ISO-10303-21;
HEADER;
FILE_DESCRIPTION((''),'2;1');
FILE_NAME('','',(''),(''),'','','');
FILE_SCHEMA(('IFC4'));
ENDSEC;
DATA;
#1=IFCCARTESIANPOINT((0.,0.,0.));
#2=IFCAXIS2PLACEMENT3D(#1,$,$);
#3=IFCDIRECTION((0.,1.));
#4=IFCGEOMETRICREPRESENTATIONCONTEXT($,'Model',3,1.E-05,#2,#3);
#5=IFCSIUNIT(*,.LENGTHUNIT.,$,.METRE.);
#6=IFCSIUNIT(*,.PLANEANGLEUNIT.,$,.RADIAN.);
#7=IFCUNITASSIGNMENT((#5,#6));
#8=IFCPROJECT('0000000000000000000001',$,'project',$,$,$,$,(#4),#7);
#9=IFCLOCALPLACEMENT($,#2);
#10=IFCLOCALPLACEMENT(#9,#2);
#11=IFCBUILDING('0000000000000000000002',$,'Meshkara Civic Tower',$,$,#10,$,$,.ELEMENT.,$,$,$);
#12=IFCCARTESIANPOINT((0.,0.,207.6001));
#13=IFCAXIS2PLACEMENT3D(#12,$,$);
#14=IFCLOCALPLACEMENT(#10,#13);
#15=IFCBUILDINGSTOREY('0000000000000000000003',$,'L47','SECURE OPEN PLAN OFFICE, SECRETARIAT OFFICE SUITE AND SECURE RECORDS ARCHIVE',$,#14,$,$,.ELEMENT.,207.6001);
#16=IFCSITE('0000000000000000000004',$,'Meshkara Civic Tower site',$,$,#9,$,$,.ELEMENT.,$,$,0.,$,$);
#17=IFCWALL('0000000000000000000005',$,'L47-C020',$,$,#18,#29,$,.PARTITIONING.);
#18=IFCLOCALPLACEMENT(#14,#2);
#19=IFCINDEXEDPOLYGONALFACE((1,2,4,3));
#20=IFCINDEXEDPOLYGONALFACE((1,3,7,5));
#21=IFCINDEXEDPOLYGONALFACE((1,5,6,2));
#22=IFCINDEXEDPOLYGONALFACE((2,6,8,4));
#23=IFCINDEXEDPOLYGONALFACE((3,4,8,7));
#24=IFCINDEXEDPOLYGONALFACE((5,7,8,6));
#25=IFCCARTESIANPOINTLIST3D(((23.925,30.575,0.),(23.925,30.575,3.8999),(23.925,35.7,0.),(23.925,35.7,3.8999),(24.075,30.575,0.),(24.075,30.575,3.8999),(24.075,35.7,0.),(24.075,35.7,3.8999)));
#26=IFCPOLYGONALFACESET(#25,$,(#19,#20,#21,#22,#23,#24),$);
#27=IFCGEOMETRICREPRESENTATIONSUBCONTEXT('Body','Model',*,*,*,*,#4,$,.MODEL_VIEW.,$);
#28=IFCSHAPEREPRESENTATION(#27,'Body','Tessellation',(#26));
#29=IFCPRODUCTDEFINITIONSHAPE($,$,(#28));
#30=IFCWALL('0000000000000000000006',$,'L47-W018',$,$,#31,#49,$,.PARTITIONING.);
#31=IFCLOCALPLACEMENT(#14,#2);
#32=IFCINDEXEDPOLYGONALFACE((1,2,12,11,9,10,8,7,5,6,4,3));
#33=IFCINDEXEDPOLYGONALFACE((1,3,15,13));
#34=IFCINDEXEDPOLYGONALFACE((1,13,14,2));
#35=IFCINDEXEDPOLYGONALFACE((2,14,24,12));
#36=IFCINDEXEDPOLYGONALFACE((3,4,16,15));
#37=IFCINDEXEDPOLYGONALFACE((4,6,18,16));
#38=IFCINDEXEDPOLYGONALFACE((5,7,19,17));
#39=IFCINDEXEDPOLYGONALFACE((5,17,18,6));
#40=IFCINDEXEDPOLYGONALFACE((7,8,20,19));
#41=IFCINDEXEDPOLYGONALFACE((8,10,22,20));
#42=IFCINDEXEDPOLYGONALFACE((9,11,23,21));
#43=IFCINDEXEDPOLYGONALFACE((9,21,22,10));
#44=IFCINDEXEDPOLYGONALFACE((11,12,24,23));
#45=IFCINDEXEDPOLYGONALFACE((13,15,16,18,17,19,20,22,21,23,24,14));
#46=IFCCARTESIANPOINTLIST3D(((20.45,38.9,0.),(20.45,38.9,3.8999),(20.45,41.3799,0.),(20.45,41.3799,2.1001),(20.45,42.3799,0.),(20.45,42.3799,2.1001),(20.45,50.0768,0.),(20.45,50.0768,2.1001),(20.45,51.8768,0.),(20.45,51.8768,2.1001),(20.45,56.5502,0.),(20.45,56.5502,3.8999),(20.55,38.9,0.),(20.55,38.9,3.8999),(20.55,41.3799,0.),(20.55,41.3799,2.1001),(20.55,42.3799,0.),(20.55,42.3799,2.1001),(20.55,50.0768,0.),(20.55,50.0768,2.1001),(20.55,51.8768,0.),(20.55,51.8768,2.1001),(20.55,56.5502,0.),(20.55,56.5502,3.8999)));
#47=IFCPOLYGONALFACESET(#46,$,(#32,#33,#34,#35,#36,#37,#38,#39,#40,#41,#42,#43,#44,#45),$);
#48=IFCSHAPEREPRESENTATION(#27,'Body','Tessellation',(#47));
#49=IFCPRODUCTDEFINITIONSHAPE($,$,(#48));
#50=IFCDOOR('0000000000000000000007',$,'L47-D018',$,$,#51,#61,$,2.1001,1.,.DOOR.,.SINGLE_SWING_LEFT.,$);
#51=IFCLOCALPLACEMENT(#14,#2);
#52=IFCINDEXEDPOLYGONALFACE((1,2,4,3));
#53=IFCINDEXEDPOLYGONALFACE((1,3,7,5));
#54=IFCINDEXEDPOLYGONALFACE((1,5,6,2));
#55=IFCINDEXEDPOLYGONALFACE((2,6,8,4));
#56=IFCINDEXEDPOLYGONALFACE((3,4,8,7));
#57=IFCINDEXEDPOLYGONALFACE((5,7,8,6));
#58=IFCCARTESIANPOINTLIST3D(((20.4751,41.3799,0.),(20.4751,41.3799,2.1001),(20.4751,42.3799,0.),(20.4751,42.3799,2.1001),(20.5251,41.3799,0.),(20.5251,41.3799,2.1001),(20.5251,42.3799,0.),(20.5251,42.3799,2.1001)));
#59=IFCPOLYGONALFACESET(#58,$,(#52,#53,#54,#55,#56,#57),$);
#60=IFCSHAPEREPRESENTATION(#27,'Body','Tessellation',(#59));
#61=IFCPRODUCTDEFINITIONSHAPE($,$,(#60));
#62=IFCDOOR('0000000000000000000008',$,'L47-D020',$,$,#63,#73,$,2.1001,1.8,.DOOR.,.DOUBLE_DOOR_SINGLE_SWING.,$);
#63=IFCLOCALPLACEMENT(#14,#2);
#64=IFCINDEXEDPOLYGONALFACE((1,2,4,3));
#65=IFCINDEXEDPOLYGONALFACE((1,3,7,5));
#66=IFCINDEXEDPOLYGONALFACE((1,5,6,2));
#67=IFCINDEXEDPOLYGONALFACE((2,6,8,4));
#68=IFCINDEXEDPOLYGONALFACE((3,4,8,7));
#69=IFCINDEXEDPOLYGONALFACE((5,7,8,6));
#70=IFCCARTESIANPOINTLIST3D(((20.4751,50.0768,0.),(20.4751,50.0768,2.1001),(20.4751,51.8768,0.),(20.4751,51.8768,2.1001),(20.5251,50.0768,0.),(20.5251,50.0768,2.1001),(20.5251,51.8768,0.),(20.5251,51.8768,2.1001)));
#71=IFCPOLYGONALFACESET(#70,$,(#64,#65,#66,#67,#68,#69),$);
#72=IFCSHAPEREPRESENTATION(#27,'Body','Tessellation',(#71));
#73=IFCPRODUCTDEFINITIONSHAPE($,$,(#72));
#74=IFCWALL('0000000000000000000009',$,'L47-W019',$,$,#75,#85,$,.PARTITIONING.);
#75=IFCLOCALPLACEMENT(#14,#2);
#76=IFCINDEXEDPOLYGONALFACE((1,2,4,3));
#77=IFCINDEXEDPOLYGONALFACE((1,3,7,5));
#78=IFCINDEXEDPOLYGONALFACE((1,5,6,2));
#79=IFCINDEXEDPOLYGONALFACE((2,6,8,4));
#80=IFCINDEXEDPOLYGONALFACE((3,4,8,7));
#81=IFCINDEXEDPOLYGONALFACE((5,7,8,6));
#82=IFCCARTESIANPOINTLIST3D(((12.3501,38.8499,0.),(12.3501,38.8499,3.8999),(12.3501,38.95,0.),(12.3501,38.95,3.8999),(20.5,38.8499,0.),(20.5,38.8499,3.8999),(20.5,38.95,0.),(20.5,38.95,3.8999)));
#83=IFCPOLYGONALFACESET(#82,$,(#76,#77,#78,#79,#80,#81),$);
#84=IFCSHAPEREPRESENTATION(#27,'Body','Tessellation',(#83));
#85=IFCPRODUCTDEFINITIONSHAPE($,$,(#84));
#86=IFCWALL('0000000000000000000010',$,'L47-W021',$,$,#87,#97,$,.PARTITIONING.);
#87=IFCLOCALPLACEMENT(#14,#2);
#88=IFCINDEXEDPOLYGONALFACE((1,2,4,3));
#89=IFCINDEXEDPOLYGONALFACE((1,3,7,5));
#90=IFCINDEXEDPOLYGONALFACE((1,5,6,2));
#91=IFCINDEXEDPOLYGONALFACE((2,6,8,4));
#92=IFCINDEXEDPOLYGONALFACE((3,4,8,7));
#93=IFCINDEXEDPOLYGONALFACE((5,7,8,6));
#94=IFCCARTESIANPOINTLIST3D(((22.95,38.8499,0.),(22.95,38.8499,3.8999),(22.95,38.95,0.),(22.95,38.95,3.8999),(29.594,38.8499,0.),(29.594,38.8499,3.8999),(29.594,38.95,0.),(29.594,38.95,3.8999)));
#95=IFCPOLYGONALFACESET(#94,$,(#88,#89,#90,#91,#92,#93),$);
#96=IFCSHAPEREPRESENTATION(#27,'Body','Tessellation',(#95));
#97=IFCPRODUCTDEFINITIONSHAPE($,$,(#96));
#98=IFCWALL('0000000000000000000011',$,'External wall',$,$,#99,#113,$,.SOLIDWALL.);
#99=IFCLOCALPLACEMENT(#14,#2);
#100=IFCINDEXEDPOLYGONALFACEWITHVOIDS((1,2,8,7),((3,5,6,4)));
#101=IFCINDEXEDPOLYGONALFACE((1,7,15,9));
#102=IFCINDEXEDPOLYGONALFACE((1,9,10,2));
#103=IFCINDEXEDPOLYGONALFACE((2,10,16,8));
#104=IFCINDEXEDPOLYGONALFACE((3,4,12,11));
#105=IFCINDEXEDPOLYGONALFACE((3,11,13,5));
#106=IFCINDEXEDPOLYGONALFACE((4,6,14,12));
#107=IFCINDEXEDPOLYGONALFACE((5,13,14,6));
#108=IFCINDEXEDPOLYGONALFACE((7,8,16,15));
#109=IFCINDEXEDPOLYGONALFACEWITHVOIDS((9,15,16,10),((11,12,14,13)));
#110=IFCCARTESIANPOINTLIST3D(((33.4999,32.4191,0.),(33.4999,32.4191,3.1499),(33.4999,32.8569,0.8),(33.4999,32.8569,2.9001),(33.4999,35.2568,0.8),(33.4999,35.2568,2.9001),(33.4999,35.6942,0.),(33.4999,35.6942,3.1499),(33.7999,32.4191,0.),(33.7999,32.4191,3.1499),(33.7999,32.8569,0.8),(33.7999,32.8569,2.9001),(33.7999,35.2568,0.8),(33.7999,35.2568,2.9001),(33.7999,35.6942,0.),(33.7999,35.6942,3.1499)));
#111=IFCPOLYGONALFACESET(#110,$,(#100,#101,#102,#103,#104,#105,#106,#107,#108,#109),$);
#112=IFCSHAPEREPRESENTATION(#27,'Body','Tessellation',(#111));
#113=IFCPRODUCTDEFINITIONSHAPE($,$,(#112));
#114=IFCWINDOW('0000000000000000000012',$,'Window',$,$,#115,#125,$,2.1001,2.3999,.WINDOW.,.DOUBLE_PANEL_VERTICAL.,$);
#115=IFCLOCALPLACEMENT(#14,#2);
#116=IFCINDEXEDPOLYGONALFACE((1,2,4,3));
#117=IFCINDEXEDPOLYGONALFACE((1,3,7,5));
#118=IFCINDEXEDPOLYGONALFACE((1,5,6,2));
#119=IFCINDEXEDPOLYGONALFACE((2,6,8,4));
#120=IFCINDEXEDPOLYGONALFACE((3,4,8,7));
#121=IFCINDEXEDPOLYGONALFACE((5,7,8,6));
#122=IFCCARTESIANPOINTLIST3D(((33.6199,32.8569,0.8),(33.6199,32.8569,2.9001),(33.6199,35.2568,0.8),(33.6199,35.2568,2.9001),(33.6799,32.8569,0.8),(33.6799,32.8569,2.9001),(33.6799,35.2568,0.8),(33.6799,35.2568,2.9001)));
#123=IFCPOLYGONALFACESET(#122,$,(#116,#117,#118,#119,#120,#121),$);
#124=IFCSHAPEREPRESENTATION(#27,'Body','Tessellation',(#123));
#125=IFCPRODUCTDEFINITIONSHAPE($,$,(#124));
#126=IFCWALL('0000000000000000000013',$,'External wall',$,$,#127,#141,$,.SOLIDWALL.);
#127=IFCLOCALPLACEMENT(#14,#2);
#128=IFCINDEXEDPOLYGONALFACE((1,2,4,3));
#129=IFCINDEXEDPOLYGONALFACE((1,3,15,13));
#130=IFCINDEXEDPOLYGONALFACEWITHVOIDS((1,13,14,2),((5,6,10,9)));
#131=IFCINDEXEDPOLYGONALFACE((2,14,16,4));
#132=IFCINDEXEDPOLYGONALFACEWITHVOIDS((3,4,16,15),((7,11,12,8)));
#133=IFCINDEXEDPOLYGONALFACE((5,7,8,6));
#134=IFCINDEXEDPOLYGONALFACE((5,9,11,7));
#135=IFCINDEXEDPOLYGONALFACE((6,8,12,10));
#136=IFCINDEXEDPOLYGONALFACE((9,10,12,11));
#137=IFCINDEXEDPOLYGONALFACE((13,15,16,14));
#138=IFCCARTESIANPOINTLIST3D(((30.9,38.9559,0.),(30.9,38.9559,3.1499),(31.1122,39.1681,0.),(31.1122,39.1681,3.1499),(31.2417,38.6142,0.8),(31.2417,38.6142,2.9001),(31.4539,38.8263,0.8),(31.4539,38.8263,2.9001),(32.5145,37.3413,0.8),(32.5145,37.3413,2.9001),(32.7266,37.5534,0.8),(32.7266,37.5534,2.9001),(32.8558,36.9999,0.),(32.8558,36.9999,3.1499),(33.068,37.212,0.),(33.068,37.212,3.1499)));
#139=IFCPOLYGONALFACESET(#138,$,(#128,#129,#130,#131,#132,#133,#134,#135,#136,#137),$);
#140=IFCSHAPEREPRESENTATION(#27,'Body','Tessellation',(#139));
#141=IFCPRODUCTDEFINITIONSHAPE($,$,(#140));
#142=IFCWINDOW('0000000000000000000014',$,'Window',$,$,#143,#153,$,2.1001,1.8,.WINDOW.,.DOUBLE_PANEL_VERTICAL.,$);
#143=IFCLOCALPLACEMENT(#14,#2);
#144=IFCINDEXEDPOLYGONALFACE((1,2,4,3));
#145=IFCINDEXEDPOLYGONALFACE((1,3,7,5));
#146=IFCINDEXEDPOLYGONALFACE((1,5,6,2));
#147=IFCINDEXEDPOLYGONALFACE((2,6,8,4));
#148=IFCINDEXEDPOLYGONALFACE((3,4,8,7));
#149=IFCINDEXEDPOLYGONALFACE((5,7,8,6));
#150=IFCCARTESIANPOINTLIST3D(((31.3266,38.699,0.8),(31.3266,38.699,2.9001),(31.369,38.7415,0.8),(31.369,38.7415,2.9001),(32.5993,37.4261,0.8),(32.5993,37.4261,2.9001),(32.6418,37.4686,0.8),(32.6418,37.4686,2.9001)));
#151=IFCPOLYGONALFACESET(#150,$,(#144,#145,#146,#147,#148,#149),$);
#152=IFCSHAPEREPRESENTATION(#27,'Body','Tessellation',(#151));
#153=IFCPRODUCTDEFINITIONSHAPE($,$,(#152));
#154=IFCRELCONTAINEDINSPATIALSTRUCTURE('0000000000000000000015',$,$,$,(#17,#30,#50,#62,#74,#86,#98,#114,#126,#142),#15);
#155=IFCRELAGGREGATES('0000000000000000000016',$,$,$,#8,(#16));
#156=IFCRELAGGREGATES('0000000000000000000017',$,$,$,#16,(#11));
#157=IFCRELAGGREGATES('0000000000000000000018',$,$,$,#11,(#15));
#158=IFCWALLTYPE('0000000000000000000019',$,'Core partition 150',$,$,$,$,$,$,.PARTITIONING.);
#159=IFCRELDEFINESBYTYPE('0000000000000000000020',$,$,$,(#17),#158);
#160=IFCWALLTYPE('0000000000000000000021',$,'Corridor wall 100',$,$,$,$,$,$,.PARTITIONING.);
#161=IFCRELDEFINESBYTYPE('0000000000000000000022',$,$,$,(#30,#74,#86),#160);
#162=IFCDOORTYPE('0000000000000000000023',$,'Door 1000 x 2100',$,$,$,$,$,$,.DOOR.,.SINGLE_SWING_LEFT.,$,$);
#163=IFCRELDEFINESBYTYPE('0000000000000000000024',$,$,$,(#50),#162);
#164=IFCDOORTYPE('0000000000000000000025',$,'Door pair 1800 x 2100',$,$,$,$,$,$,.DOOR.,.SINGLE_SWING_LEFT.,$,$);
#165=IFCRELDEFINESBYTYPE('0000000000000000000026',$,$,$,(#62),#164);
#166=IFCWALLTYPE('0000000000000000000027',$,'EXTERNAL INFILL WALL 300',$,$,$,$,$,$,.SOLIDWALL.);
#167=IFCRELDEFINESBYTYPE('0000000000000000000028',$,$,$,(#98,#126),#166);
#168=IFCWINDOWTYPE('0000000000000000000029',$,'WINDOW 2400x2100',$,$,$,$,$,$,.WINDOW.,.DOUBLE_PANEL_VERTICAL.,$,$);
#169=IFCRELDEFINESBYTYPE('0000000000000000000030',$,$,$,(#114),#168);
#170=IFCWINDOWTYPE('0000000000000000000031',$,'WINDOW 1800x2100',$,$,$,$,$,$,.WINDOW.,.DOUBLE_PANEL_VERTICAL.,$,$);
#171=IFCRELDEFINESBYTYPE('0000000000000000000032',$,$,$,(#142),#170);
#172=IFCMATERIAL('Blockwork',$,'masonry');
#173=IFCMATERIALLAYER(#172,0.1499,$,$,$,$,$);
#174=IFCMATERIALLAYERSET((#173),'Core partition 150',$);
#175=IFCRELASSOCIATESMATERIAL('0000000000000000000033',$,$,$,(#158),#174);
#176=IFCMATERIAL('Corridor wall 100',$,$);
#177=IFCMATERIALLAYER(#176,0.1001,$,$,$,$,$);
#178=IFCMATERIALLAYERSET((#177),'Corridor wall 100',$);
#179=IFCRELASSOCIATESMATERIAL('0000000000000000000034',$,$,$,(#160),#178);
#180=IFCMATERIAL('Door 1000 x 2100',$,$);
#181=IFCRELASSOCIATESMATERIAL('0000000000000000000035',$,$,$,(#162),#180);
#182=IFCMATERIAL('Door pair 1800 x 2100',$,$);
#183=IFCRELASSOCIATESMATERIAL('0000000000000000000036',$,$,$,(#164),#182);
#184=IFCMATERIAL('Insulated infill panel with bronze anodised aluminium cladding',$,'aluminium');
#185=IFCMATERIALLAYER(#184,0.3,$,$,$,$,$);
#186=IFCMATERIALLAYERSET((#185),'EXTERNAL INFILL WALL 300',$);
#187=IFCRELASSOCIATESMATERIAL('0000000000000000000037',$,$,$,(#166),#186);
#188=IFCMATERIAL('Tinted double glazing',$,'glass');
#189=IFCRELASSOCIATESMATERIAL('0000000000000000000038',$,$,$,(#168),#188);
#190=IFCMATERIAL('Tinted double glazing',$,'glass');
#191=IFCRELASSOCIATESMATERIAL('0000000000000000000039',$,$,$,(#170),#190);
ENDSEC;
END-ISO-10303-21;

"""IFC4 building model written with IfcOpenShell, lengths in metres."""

from ifc_helpers import new_model, si_unit, direction, frame, frame_2d, origin, place, context, subcontext, project, spatial, rectangle, extrude, material, layer, layer_set, type_object, element, fill, save


model = new_model("IFC4")

# Units and contexts
model_context = context("Model", 3, precision=1e-05, world=origin(), true_north=direction((0.0, 1.0)))
body_context = subcontext(model_context, "Body", "Model", "MODEL_VIEW")
ifc_project = project(units=[si_unit("LENGTHUNIT", "METRE"), si_unit("PLANEANGLEUNIT", "RADIAN")], contexts=[model_context])

# Site, building, storey
site_placement = place(None, origin())
site = spatial("IfcSite", under=ifc_project, at=site_placement, Name="Meshkara Civic Tower site", CompositionType="ELEMENT", RefElevation=0.0)
building_placement = place(site_placement, origin())
building = spatial("IfcBuilding", under=site, at=building_placement, Name="Meshkara Civic Tower", CompositionType="ELEMENT")
storey_placement = place(building_placement, frame((0.0, 0.0, 207.6001)))
storey = spatial("IfcBuildingStorey", under=building, at=storey_placement, Name="L47", Description="SECURE OPEN PLAN OFFICE, SECRETARIAT OFFICE SUITE AND SECURE RECORDS ARCHIVE", CompositionType="ELEMENT", Elevation=207.6001)

# Shared definitions
ifc_material_1 = material(Name="Blockwork", Category="masonry")
ifc_layer_1 = layer(ifc_material_1, 0.1499)
ifc_layer_set_1 = layer_set([ifc_layer_1], Name="Core partition 150")
wall_type_1 = type_object("IfcWallType", Name="Core partition 150", PredefinedType="PARTITIONING", material=ifc_layer_set_1)

# Wall
for number, where, z_axis, x_axis, name in (
    (1, (24.0, 30.575, 0.0), (0.0, 0.0, 1.0), (0.0, 1.0, 0.0), "L47-C020"),
):
    element("IfcWall", number, at=place(storey_placement, frame(where, z_axis=z_axis, x_axis=x_axis)), inside=storey, type_object=wall_type_1, Name=name, PredefinedType="PARTITIONING", context=body_context, shape_type="SweptSolid", body=[
        extrude(rectangle(XDim=5.125, YDim=0.1499, at=frame_2d((2.5625, 0.0))), origin(), (0.0, 0.0, 1.0), 3.8999),
    ])

# Wall, openings, doors
ifc_material_2 = material(Name="Corridor wall 100")
ifc_layer_2 = layer(ifc_material_2, 0.1001)
ifc_layer_set_2 = layer_set([ifc_layer_2], Name="Corridor wall 100")
wall_type_2 = type_object("IfcWallType", Name="Corridor wall 100", PredefinedType="PARTITIONING", material=ifc_layer_set_2)
wall_1_placement = place(storey_placement, frame((20.5, 38.8999, 0.0), z_axis=(0.0, 0.0, 1.0), x_axis=(0.0, 1.0, 0.0)))
wall_1 = element("IfcWall", 2, at=wall_1_placement, inside=storey, type_object=wall_type_2, Name="L47-W018", PredefinedType="PARTITIONING", context=body_context, shape_type="SweptSolid", body=[
    extrude(rectangle(XDim=17.6501, YDim=0.1001, at=frame_2d((8.8252, 0.0))), origin(), (0.0, 0.0, 1.0), 3.8999),
])
opening_1_placement = place(wall_1_placement, frame((2.48, 0.0, 0.0)))
opening_1 = element("IfcOpeningElement", 3, at=opening_1_placement, cuts=wall_1, PredefinedType="OPENING", context=body_context, shape_type="SweptSolid", body=[
    extrude(rectangle(XDim=1.0, YDim=2.1001, at=frame_2d((0.5, 1.05))), frame((0.0, 0.0601, 0.0), z_axis=(0.0, -1.0, 0.0), x_axis=(1.0, 0.0, 0.0)), (0.0, 0.0, 1.0), 0.1201),
])
opening_2_placement = place(wall_1_placement, frame((11.177, 0.0, 0.0)))
opening_2 = element("IfcOpeningElement", 4, at=opening_2_placement, cuts=wall_1, PredefinedType="OPENING", context=body_context, shape_type="SweptSolid", body=[
    extrude(rectangle(XDim=1.8, YDim=2.1001, at=frame_2d((0.8999, 1.05))), frame((0.0, 0.0601, 0.0), z_axis=(0.0, -1.0, 0.0), x_axis=(1.0, 0.0, 0.0)), (0.0, 0.0, 1.0), 0.1201),
])
ifc_material_3 = material(Name="Door 1000 x 2100")
door_type_1 = type_object("IfcDoorType", Name="Door 1000 x 2100", OperationType="SINGLE_SWING_LEFT", PredefinedType="DOOR", material=ifc_material_3)
door_1_placement = place(opening_1_placement, origin())
door_1 = element("IfcDoor", 5, at=door_1_placement, inside=storey, type_object=door_type_1, Name="L47-D018", OperationType="SINGLE_SWING_LEFT", OverallHeight=2.1001, OverallWidth=1.0, PredefinedType="DOOR", context=body_context, shape_type="SweptSolid", body=[
    extrude(rectangle(XDim=1.0, YDim=2.1001, at=frame_2d((0.5, 1.05))), frame((0.0, 0.0249, 0.0), z_axis=(0.0, -1.0, 0.0), x_axis=(1.0, 0.0, 0.0)), (0.0, 0.0, 1.0), 0.05),
])
fill(opening_1, door_1)
ifc_material_4 = material(Name="Door pair 1800 x 2100")
door_type_2 = type_object("IfcDoorType", Name="Door pair 1800 x 2100", OperationType="SINGLE_SWING_LEFT", PredefinedType="DOOR", material=ifc_material_4)
door_2_placement = place(opening_2_placement, origin())
door_2 = element("IfcDoor", 6, at=door_2_placement, inside=storey, type_object=door_type_2, Name="L47-D020", OperationType="DOUBLE_DOOR_SINGLE_SWING", OverallHeight=2.1001, OverallWidth=1.8, PredefinedType="DOOR", context=body_context, shape_type="SweptSolid", body=[
    extrude(rectangle(XDim=1.8, YDim=2.1001, at=frame_2d((0.8999, 1.05))), frame((0.0, 0.0249, 0.0), z_axis=(0.0, -1.0, 0.0), x_axis=(1.0, 0.0, 0.0)), (0.0, 0.0, 1.0), 0.05),
])
fill(opening_2, door_2)

# Walls
wall_2_placement = place(storey_placement, frame((20.5, 38.8999, 0.0), z_axis=(0.0, 0.0, 1.0), x_axis=(-1.0, 0.0, 0.0)))
element("IfcWall", 7, at=wall_2_placement, inside=storey, type_object=wall_type_2, Name="L47-W019", PredefinedType="PARTITIONING", context=body_context, shape_type="SweptSolid", body=[
    extrude(rectangle(XDim=8.1499, YDim=0.1001, at=frame_2d((4.075, 0.0))), origin(), (0.0, 0.0, 1.0), 3.8999),
])
wall_3_placement = place(storey_placement, frame((29.594, 38.8999, 0.0), z_axis=(0.0, 0.0, 1.0), x_axis=(-1.0, 0.0, 0.0)))
element("IfcWall", 8, at=wall_3_placement, inside=storey, type_object=wall_type_2, Name="L47-W021", PredefinedType="PARTITIONING", context=body_context, shape_type="SweptSolid", body=[
    extrude(rectangle(XDim=6.644, YDim=0.1001, at=frame_2d((3.322, 0.0))), origin(), (0.0, 0.0, 1.0), 3.8999),
])

# Walls, openings, windows
ifc_material_5 = material(Name="Insulated infill panel with bronze anodised aluminium cladding", Category="aluminium")
ifc_layer_3 = layer(ifc_material_5, 0.3)
ifc_layer_set_3 = layer_set([ifc_layer_3], Name="EXTERNAL INFILL WALL 300")
wall_type_3 = type_object("IfcWallType", Name="EXTERNAL INFILL WALL 300", PredefinedType="SOLIDWALL", material=ifc_layer_set_3)
wall_4_placement = place(storey_placement, frame((33.6499, 32.4189, 0.0), z_axis=(0.0, 0.0, 1.0), x_axis=(0.0, 1.0, 0.0)))
wall_4 = element("IfcWall", 9, at=wall_4_placement, inside=storey, type_object=wall_type_3, Name="External wall", PredefinedType="SOLIDWALL", context=body_context, shape_type="SweptSolid", body=[
    extrude(rectangle(XDim=3.2751, YDim=0.3, at=frame_2d((1.6377, 0.0))), origin(), (0.0, 0.0, 1.0), 3.1499),
])
opening_3_placement = place(wall_4_placement, frame((0.438, 0.0, 0.8)))
opening_3 = element("IfcOpeningElement", 10, at=opening_3_placement, cuts=wall_4, PredefinedType="OPENING", context=body_context, shape_type="SweptSolid", body=[
    extrude(rectangle(XDim=2.3999, YDim=2.1001, at=frame_2d((1.2, 1.05))), frame((0.0, 0.1599, 0.0), z_axis=(0.0, -1.0, 0.0), x_axis=(1.0, 0.0, 0.0)), (0.0, 0.0, 1.0), 0.3201),
])
ifc_material_6 = material(Name="Tinted double glazing", Category="glass")
window_type_1 = type_object("IfcWindowType", Name="WINDOW 2400x2100", PartitioningType="DOUBLE_PANEL_VERTICAL", PredefinedType="WINDOW", material=ifc_material_6)
window_1_placement = place(opening_3_placement, origin())
window_1 = element("IfcWindow", 11, at=window_1_placement, inside=storey, type_object=window_type_1, Name="Window", OverallHeight=2.1001, OverallWidth=2.3999, PartitioningType="DOUBLE_PANEL_VERTICAL", PredefinedType="WINDOW", context=body_context, shape_type="SweptSolid", body=[
    extrude(rectangle(XDim=2.3999, YDim=2.1001, at=frame_2d((1.2, 1.05))), frame((0.0, 0.03, 0.0), z_axis=(0.0, -1.0, 0.0), x_axis=(1.0, 0.0, 0.0)), (0.0, 0.0, 1.0), 0.0601),
])
fill(opening_3, window_1)
wall_5_placement = place(storey_placement, frame((32.9619, 37.106, 0.0), z_axis=(0.0, 0.0, 1.0), x_axis=(-0.707063, 0.707151, 0.0)))
wall_5 = element("IfcWall", 12, at=wall_5_placement, inside=storey, type_object=wall_type_3, Name="External wall", PredefinedType="SOLIDWALL", context=body_context, shape_type="SweptSolid", body=[
    extrude(rectangle(XDim=2.7661, YDim=0.3, at=frame_2d((1.3831, 0.0))), origin(), (0.0, 0.0, 1.0), 3.1499),
])
opening_4_placement = place(wall_5_placement, frame((0.4829, 0.0, 0.8)))
opening_4 = element("IfcOpeningElement", 13, at=opening_4_placement, cuts=wall_5, PredefinedType="OPENING", context=body_context, shape_type="SweptSolid", body=[
    extrude(rectangle(XDim=1.8, YDim=2.1001, at=frame_2d((0.8999, 1.05))), frame((0.0, 0.1599, 0.0), z_axis=(0.0, -1.0, 0.0), x_axis=(1.0, 0.0, 0.0)), (0.0, 0.0, 1.0), 0.3201),
])
ifc_material_7 = material(Name="Tinted double glazing", Category="glass")
window_type_2 = type_object("IfcWindowType", Name="WINDOW 1800x2100", PartitioningType="DOUBLE_PANEL_VERTICAL", PredefinedType="WINDOW", material=ifc_material_7)
window_2_placement = place(opening_4_placement, origin())
window_2 = element("IfcWindow", 14, at=window_2_placement, inside=storey, type_object=window_type_2, Name="Window", OverallHeight=2.1001, OverallWidth=1.8, PartitioningType="DOUBLE_PANEL_VERTICAL", PredefinedType="WINDOW", context=body_context, shape_type="SweptSolid", body=[
    extrude(rectangle(XDim=1.8, YDim=2.1001, at=frame_2d((0.8999, 1.05))), frame((0.0, 0.03, 0.0), z_axis=(0.0, -1.0, 0.0), x_axis=(1.0, 0.0, 0.0)), (0.0, 0.0, 1.0), 0.0601),
])
fill(opening_4, window_2)

save(model, "model.ifc")
